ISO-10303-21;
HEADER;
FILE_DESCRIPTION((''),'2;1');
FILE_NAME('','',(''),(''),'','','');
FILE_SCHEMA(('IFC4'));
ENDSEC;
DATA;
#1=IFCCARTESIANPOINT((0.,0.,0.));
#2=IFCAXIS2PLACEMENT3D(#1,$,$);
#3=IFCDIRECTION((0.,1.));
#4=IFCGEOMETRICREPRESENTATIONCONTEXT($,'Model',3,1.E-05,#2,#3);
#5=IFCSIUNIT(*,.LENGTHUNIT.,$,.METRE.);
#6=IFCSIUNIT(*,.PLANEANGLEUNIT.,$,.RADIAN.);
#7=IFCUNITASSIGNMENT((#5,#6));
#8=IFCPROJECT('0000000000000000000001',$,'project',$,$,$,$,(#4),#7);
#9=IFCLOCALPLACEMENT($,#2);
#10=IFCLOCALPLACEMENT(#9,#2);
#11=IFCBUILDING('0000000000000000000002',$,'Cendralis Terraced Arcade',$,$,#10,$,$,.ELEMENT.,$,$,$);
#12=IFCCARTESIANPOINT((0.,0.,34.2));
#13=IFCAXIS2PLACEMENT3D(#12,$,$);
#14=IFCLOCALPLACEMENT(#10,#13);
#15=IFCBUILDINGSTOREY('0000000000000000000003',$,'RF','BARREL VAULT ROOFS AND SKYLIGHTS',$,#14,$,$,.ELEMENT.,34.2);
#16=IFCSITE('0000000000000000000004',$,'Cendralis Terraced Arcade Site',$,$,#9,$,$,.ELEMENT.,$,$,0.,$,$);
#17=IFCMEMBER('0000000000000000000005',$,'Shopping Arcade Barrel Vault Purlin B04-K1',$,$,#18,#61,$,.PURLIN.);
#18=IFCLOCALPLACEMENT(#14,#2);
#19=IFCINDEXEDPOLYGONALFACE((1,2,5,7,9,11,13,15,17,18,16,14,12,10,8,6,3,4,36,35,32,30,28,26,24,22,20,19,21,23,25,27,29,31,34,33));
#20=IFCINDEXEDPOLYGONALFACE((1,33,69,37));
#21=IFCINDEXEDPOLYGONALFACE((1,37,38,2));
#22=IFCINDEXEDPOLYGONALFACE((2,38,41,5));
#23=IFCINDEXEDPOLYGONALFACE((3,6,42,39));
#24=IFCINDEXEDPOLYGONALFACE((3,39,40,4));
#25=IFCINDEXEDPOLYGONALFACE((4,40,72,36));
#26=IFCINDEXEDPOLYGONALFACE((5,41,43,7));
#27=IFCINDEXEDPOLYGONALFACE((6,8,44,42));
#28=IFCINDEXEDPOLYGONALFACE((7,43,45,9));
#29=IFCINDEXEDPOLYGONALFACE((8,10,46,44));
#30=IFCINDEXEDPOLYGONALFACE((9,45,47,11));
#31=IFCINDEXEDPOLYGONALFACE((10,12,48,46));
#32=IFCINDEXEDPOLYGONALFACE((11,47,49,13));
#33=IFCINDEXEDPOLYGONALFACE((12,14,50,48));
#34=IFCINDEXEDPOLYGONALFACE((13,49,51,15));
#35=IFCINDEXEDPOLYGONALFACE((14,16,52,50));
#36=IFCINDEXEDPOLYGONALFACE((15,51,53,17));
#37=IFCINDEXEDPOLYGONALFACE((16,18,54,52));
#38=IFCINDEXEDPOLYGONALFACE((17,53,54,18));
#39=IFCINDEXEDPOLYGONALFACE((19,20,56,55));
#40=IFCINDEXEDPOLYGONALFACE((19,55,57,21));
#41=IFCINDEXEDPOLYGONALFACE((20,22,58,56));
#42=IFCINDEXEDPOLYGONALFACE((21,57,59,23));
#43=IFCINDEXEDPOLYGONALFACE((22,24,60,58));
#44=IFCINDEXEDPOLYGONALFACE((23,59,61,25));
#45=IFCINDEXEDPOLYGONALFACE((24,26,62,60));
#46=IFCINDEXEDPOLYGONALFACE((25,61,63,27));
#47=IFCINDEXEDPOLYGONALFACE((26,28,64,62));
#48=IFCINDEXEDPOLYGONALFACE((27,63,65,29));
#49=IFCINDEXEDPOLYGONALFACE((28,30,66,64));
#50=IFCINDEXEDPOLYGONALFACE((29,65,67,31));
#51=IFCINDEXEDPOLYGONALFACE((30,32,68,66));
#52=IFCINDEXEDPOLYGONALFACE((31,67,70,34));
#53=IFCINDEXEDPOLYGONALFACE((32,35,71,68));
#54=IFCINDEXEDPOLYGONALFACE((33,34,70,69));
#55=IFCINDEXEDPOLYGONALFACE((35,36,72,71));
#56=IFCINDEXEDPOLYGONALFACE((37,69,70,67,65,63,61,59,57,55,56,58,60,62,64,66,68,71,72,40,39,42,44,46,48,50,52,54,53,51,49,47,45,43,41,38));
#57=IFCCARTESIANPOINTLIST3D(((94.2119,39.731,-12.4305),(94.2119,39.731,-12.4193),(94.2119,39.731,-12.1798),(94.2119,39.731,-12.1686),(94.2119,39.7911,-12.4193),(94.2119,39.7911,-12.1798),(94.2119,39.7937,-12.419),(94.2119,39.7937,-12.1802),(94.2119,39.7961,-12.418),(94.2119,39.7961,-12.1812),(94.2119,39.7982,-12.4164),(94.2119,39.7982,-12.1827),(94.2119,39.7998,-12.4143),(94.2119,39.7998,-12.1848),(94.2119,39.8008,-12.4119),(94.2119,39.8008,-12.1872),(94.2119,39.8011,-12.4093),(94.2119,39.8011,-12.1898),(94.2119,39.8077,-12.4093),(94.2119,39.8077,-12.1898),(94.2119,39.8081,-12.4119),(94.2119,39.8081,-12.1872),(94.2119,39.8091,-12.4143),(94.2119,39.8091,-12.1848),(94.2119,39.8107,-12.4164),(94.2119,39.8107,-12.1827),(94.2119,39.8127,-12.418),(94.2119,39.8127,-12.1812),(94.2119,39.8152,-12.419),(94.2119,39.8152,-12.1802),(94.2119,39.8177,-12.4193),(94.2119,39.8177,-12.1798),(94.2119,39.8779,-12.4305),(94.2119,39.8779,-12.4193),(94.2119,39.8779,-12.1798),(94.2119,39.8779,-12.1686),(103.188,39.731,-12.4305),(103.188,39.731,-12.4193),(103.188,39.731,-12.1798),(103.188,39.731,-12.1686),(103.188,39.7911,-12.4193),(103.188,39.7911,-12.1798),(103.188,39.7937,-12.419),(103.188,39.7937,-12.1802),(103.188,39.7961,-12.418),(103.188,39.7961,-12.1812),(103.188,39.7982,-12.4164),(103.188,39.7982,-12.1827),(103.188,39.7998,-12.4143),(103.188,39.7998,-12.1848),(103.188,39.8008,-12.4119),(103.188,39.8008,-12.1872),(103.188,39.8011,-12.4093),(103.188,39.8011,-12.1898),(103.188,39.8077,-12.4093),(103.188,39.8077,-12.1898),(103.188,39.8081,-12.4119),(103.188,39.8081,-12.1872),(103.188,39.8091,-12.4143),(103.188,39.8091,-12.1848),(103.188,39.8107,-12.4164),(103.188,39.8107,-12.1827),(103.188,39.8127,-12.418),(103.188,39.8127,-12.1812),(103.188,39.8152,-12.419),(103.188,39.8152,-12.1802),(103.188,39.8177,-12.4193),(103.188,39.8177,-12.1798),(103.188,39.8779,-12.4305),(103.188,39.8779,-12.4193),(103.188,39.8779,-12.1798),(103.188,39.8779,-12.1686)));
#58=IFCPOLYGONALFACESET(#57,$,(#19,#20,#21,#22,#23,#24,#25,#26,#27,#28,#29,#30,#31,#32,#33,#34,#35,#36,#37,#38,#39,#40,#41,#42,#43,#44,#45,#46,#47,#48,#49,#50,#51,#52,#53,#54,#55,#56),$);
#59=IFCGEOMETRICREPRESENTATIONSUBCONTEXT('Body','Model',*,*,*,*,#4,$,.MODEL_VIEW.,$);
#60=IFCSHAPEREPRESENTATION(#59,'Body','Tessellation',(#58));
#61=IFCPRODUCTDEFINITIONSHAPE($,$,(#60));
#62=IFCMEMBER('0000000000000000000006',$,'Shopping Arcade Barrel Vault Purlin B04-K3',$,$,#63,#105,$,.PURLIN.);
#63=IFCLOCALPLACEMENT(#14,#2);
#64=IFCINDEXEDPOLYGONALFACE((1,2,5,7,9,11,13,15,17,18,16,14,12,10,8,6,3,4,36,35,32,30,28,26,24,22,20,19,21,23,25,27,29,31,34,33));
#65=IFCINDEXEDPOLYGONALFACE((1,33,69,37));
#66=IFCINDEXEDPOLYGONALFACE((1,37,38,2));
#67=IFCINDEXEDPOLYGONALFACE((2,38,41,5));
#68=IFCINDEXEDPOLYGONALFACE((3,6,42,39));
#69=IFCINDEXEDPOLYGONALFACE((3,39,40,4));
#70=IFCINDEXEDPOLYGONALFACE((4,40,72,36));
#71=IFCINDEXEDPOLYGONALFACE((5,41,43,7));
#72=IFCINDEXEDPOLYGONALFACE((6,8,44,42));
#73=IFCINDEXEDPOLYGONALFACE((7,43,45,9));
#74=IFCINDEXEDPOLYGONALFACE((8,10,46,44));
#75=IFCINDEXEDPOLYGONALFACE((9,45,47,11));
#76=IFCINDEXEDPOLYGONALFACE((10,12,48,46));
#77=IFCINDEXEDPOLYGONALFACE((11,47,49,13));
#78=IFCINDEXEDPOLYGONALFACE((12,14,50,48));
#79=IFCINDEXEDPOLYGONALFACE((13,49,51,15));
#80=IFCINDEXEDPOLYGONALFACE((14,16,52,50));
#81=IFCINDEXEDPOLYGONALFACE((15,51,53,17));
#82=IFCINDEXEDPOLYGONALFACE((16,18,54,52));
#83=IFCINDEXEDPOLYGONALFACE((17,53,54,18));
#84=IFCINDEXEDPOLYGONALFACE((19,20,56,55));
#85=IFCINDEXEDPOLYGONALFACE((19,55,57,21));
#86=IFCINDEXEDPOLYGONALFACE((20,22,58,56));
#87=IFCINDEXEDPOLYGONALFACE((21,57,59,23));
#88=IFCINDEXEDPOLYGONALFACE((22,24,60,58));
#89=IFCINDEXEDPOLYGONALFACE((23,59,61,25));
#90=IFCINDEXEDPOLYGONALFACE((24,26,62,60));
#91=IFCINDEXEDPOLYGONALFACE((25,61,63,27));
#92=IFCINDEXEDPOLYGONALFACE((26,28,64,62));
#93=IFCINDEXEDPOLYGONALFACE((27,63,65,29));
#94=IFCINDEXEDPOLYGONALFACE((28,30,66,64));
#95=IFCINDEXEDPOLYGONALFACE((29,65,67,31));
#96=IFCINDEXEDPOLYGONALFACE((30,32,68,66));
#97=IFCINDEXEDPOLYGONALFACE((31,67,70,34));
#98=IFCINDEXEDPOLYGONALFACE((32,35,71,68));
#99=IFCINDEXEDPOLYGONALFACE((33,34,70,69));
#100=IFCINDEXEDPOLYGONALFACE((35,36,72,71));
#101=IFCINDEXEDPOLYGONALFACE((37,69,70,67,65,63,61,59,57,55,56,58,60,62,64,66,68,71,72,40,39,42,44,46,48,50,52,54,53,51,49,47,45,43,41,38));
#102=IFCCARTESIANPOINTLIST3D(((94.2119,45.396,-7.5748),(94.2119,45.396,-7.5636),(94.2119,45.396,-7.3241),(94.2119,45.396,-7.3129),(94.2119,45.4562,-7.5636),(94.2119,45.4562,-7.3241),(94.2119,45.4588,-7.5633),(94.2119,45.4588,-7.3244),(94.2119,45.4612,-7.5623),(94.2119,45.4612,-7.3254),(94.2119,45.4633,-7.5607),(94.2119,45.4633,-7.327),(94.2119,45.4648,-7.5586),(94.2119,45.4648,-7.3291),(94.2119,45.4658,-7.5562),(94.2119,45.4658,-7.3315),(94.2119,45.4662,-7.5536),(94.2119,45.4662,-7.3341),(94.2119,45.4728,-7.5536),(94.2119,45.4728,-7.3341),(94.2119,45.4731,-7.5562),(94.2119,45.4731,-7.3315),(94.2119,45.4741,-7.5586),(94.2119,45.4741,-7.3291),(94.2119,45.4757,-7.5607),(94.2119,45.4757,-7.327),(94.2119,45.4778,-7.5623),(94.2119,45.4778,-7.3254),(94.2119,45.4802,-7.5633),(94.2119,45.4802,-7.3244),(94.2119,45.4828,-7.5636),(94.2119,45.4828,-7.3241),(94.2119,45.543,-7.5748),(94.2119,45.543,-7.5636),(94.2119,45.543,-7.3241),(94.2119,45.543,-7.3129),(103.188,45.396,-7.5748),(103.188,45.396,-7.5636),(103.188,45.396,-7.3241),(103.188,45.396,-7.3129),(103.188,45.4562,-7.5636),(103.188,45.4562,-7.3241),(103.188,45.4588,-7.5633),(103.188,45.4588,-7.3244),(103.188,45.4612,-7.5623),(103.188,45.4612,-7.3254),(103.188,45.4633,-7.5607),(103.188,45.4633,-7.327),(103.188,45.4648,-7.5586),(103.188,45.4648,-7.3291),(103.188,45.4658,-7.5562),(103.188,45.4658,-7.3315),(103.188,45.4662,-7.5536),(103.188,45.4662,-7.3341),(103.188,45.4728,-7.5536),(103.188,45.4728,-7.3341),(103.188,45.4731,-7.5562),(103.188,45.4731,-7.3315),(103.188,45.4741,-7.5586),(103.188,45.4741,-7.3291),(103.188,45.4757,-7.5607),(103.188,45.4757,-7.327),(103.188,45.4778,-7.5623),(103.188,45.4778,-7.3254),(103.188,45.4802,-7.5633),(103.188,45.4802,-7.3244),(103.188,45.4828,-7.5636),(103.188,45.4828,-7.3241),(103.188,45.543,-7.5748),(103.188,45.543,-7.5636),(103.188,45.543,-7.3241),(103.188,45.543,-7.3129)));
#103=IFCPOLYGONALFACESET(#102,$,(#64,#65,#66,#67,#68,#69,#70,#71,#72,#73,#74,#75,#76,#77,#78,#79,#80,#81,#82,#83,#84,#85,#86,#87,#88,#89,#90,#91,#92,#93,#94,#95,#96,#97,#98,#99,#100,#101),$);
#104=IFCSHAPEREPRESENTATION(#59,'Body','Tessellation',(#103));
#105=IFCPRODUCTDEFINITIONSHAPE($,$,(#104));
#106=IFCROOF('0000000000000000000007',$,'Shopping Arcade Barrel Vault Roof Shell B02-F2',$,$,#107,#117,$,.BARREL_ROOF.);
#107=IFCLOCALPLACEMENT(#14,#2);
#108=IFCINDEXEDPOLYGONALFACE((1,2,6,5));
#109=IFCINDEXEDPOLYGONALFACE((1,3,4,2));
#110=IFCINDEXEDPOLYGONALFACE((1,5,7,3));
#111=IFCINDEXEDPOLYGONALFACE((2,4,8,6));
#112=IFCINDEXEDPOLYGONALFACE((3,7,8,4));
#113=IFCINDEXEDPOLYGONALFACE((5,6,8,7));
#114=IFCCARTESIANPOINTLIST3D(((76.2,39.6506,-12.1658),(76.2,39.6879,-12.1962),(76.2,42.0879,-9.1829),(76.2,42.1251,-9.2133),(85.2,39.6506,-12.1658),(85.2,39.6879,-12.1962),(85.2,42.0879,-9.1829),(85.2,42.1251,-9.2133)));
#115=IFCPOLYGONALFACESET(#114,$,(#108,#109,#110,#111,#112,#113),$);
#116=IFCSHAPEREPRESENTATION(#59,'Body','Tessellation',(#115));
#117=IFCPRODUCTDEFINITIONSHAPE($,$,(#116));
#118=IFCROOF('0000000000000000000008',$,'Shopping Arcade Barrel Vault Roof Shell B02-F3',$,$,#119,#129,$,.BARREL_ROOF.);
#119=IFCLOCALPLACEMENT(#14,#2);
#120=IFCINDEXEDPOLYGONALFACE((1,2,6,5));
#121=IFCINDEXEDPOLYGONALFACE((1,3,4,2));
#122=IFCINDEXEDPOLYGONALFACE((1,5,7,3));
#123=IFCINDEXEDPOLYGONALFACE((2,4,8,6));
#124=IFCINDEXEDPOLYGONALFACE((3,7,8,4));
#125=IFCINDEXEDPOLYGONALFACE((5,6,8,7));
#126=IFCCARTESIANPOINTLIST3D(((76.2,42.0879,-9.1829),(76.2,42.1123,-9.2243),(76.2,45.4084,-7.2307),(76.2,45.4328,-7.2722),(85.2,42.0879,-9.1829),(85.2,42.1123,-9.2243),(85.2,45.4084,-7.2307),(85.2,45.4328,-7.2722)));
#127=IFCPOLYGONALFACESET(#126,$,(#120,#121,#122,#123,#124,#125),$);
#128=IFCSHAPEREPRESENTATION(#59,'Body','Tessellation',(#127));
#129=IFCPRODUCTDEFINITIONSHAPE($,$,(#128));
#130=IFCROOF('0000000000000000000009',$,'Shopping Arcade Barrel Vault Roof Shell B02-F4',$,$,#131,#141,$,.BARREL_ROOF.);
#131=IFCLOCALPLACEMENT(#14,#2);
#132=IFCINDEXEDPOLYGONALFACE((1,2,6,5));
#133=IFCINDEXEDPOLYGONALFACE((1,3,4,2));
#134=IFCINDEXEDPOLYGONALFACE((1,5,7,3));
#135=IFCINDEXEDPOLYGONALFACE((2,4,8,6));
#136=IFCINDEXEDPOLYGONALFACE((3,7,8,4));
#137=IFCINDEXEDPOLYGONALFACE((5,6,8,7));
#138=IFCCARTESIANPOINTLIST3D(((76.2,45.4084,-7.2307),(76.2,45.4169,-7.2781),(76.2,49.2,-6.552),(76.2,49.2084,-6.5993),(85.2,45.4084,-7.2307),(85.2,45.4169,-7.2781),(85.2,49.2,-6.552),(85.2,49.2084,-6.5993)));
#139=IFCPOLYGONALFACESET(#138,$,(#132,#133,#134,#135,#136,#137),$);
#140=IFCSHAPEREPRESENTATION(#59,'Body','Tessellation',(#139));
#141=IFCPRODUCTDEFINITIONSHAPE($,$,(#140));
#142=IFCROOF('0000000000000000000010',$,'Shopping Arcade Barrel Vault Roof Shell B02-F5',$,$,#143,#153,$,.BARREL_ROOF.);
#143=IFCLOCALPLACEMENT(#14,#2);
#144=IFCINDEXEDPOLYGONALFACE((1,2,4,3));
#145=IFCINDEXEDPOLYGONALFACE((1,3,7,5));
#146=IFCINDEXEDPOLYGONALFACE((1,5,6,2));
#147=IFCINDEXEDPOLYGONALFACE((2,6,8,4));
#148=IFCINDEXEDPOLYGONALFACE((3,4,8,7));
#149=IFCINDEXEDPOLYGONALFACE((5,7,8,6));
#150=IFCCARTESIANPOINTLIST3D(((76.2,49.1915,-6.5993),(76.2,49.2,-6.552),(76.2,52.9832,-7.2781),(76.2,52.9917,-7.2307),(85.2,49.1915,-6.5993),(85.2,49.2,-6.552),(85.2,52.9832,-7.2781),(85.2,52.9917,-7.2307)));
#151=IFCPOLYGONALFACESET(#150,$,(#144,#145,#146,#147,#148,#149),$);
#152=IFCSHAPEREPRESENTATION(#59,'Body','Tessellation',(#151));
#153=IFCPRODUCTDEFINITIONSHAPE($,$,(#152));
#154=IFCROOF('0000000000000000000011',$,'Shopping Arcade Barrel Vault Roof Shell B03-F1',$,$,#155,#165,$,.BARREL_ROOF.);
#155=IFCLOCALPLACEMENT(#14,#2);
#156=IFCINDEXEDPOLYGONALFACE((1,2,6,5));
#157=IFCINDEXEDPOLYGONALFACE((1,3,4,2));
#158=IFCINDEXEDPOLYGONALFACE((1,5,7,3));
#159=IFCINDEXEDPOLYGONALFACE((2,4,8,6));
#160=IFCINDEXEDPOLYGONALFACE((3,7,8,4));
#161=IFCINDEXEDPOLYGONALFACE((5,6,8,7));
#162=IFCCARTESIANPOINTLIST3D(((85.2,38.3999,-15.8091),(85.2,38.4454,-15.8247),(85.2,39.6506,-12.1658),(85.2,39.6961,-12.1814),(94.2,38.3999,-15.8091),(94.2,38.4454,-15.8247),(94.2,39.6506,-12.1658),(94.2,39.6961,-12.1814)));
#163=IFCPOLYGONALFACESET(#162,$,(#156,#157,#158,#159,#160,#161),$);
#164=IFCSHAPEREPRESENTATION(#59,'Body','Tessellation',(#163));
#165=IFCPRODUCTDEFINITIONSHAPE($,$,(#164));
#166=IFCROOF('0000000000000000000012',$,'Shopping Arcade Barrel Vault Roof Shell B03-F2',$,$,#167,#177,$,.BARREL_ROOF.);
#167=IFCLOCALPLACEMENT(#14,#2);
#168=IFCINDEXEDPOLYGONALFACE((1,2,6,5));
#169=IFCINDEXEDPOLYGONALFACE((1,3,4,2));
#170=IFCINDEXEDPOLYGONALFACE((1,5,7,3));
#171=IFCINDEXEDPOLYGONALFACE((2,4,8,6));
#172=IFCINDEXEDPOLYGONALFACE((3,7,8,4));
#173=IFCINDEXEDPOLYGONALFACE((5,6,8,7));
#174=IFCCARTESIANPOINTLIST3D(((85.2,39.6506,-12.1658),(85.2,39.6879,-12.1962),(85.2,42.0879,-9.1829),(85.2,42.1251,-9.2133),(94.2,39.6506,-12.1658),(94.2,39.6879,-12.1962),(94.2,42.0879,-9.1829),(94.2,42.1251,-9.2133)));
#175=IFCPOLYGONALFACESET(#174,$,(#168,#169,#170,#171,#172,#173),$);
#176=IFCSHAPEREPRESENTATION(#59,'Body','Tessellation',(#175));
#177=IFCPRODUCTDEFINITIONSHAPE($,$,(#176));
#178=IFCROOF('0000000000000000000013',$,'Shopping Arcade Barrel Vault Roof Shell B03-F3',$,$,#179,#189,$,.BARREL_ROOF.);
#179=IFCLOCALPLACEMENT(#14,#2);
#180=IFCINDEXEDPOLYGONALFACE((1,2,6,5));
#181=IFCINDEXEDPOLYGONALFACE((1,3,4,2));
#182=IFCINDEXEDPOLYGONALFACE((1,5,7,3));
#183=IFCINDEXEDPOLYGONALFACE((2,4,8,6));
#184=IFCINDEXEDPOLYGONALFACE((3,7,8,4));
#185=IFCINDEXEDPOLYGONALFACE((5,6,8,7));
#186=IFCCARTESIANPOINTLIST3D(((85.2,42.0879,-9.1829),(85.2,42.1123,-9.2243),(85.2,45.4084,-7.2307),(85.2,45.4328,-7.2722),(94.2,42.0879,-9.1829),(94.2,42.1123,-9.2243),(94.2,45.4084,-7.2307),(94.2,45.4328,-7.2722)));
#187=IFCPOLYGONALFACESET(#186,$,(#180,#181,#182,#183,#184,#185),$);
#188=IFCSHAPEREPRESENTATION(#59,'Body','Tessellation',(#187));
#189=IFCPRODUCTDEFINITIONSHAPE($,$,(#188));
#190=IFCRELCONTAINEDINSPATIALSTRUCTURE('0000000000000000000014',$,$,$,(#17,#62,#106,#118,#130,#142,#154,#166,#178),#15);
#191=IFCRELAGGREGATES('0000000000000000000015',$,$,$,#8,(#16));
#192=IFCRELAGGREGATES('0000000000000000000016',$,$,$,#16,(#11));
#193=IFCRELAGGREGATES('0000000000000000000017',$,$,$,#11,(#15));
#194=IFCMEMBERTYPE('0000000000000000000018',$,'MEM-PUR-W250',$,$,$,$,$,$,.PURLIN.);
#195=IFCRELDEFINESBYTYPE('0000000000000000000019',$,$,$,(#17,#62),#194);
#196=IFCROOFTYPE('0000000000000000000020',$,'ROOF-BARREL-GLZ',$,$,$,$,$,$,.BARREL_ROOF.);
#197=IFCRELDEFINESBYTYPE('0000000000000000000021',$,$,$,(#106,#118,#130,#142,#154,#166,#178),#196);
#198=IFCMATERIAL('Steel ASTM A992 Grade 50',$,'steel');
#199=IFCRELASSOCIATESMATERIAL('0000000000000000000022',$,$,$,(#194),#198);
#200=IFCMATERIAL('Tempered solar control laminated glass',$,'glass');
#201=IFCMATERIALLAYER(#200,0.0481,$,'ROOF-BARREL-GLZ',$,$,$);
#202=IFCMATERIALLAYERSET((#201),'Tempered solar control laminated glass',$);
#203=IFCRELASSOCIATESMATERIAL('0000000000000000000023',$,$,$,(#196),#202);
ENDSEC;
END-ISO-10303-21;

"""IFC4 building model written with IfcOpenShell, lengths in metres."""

from ifc_helpers import new_model, si_unit, direction, frame, origin, origin_2d, place, context, subcontext, project, spatial, polyline, i_section, outline, extrude, material, layer, layer_set, material_profile, profile_set, type_object, element, save


model = new_model("IFC4")

# Units and contexts
model_context = context("Model", 3, precision=1e-05, world=origin(), true_north=direction((0.0, 1.0)))
body_context = subcontext(model_context, "Body", "Model", "MODEL_VIEW")
ifc_project = project(units=[si_unit("LENGTHUNIT", "METRE"), si_unit("PLANEANGLEUNIT", "RADIAN")], contexts=[model_context])

# Site, building, storey
site_placement = place(None, origin())
site = spatial("IfcSite", under=ifc_project, at=site_placement, Name="Cendralis Terraced Arcade Site", CompositionType="ELEMENT", RefElevation=0.0)
building_placement = place(site_placement, origin())
building = spatial("IfcBuilding", under=site, at=building_placement, Name="Cendralis Terraced Arcade", CompositionType="ELEMENT")
storey_placement = place(building_placement, frame((0.0, 0.0, 34.2)))
storey = spatial("IfcBuildingStorey", under=building, at=storey_placement, Name="RF", Description="BARREL VAULT ROOFS AND SKYLIGHTS", CompositionType="ELEMENT", Elevation=34.2)

# Members
ifc_material_1 = material(Name="Steel ASTM A992 Grade 50", Category="steel")
ifc_material_profile_1 = material_profile(ifc_material_1, i_section(OverallWidth=0.147, OverallDepth=0.262, WebThickness=0.0066, FlangeThickness=0.0112, FilletRadius=0.01, at=origin_2d()), Name="W250X38.5", Category="LoadBearing")
ifc_profile_set_1 = profile_set([ifc_material_profile_1], Name="Steel ASTM A992 Grade 50")
member_type_1 = type_object("IfcMemberType", Name="MEM-PUR-W250", PredefinedType="PURLIN", material=ifc_profile_set_1)
for number, where, z_axis, x_axis, name in (
    (1, (94.2119, 39.8044, -12.2996), (1.0, 0.0, 0.0), (0.0, 1.0, 0.0), "Shopping Arcade Barrel Vault Purlin B04-K1"),
    (2, (94.2119, 45.4695, -7.4438), (1.0, 0.0, 0.0), (0.0, 1.0, 0.0), "Shopping Arcade Barrel Vault Purlin B04-K3"),
):
    element("IfcMember", number, at=place(storey_placement, frame(where, z_axis=z_axis, x_axis=x_axis)), inside=storey, type_object=member_type_1, Name=name, PredefinedType="PURLIN", context=body_context, shape_type="SweptSolid", body=[
        extrude(i_section(OverallWidth=0.147, OverallDepth=0.262, WebThickness=0.0066, FlangeThickness=0.0112, FilletRadius=0.01, at=origin_2d()), origin(), (0.0, 0.0, 1.0), 8.9761),
    ])

# Roofs
ifc_material_2 = material(Name="Tempered solar control laminated glass", Category="glass")
ifc_layer = layer(ifc_material_2, 0.0481, Name="ROOF-BARREL-GLZ")
ifc_layer_set = layer_set([ifc_layer], Name="Tempered solar control laminated glass")
roof_type = type_object("IfcRoofType", Name="ROOF-BARREL-GLZ", PredefinedType="BARREL_ROOF", material=ifc_layer_set)
roof_1_placement = place(storey_placement, frame((76.2, 39.6506, -12.1658), z_axis=(0.0, -0.774378, 0.632723), x_axis=(1.0, 0.0, 0.0)))
element("IfcRoof", 3, at=roof_1_placement, inside=storey, type_object=roof_type, Name="Shopping Arcade Barrel Vault Roof Shell B02-F2", PredefinedType="BARREL_ROOF", context=body_context, shape_type="SweptSolid", body=[
    extrude(outline(polyline([(0.0, 0.0), (9.0, 0.0), (9.0, 3.852), (0.0, 3.852), (0.0, 0.0)])), origin(), (0.0, 0.0, -1.0), 0.0481),
])
roof_2_placement = place(storey_placement, frame((76.2, 42.0879, -9.1829), z_axis=(0.0, -0.506804, 0.862061), x_axis=(1.0, 0.0, 0.0)))
element("IfcRoof", 4, at=roof_2_placement, inside=storey, type_object=roof_type, Name="Shopping Arcade Barrel Vault Roof Shell B02-F3", PredefinedType="BARREL_ROOF", context=body_context, shape_type="SweptSolid", body=[
    extrude(outline(polyline([(0.0, 0.0), (9.0, 0.0), (9.0, 3.8519), (0.0, 3.8519), (0.0, 0.0)])), origin(), (0.0, 0.0, -1.0), 0.0481),
])
roof_3_placement = place(storey_placement, frame((76.2, 45.4084, -7.2307), z_axis=(0.0, -0.176207, 0.984353), x_axis=(1.0, 0.0, 0.0)))
element("IfcRoof", 5, at=roof_3_placement, inside=storey, type_object=roof_type, Name="Shopping Arcade Barrel Vault Roof Shell B02-F4", PredefinedType="BARREL_ROOF", context=body_context, shape_type="SweptSolid", body=[
    extrude(outline(polyline([(0.0, 0.0), (9.0, 0.0), (9.0, 3.8518), (0.0, 3.8518), (0.0, 0.0)])), origin(), (0.0, 0.0, -1.0), 0.0481),
])
roof_4_placement = place(storey_placement, frame((76.2, 49.2, -6.552), z_axis=(0.0, 0.176196, 0.984355), x_axis=(1.0, 0.0, 0.0)))
element("IfcRoof", 6, at=roof_4_placement, inside=storey, type_object=roof_type, Name="Shopping Arcade Barrel Vault Roof Shell B02-F5", PredefinedType="BARREL_ROOF", context=body_context, shape_type="SweptSolid", body=[
    extrude(outline(polyline([(0.0, 0.0), (9.0, 0.0), (9.0, 3.852), (0.0, 3.852), (0.0, 0.0)])), origin(), (0.0, 0.0, -1.0), 0.0481),
])
roof_5_placement = place(storey_placement, frame((85.2, 38.3999, -15.8091), z_axis=(0.0, -0.945819, 0.324695), x_axis=(1.0, 0.0, 0.0)))
element("IfcRoof", 7, at=roof_5_placement, inside=storey, type_object=roof_type, Name="Shopping Arcade Barrel Vault Roof Shell B03-F1", PredefinedType="BARREL_ROOF", context=body_context, shape_type="SweptSolid", body=[
    extrude(outline(polyline([(0.0, 0.0), (9.0, 0.0), (9.0, 3.852), (0.0, 3.852), (0.0, 0.0)])), origin(), (0.0, 0.0, -1.0), 0.0481),
])
roof_6_placement = place(storey_placement, frame((85.2, 39.6506, -12.1658), z_axis=(0.0, -0.774378, 0.632723), x_axis=(1.0, 0.0, 0.0)))
element("IfcRoof", 8, at=roof_6_placement, inside=storey, type_object=roof_type, Name="Shopping Arcade Barrel Vault Roof Shell B03-F2", PredefinedType="BARREL_ROOF", context=body_context, shape_type="SweptSolid", body=[
    extrude(outline(polyline([(0.0, 0.0), (9.0, 0.0), (9.0, 3.852), (0.0, 3.852), (0.0, 0.0)])), origin(), (0.0, 0.0, -1.0), 0.0481),
])
roof_7_placement = place(storey_placement, frame((85.2, 42.0879, -9.1829), z_axis=(0.0, -0.506804, 0.862061), x_axis=(1.0, 0.0, 0.0)))
element("IfcRoof", 9, at=roof_7_placement, inside=storey, type_object=roof_type, Name="Shopping Arcade Barrel Vault Roof Shell B03-F3", PredefinedType="BARREL_ROOF", context=body_context, shape_type="SweptSolid", body=[
    extrude(outline(polyline([(0.0, 0.0), (9.0, 0.0), (9.0, 3.8519), (0.0, 3.8519), (0.0, 0.0)])), origin(), (0.0, 0.0, -1.0), 0.0481),
])

save(model, "model.ifc")
